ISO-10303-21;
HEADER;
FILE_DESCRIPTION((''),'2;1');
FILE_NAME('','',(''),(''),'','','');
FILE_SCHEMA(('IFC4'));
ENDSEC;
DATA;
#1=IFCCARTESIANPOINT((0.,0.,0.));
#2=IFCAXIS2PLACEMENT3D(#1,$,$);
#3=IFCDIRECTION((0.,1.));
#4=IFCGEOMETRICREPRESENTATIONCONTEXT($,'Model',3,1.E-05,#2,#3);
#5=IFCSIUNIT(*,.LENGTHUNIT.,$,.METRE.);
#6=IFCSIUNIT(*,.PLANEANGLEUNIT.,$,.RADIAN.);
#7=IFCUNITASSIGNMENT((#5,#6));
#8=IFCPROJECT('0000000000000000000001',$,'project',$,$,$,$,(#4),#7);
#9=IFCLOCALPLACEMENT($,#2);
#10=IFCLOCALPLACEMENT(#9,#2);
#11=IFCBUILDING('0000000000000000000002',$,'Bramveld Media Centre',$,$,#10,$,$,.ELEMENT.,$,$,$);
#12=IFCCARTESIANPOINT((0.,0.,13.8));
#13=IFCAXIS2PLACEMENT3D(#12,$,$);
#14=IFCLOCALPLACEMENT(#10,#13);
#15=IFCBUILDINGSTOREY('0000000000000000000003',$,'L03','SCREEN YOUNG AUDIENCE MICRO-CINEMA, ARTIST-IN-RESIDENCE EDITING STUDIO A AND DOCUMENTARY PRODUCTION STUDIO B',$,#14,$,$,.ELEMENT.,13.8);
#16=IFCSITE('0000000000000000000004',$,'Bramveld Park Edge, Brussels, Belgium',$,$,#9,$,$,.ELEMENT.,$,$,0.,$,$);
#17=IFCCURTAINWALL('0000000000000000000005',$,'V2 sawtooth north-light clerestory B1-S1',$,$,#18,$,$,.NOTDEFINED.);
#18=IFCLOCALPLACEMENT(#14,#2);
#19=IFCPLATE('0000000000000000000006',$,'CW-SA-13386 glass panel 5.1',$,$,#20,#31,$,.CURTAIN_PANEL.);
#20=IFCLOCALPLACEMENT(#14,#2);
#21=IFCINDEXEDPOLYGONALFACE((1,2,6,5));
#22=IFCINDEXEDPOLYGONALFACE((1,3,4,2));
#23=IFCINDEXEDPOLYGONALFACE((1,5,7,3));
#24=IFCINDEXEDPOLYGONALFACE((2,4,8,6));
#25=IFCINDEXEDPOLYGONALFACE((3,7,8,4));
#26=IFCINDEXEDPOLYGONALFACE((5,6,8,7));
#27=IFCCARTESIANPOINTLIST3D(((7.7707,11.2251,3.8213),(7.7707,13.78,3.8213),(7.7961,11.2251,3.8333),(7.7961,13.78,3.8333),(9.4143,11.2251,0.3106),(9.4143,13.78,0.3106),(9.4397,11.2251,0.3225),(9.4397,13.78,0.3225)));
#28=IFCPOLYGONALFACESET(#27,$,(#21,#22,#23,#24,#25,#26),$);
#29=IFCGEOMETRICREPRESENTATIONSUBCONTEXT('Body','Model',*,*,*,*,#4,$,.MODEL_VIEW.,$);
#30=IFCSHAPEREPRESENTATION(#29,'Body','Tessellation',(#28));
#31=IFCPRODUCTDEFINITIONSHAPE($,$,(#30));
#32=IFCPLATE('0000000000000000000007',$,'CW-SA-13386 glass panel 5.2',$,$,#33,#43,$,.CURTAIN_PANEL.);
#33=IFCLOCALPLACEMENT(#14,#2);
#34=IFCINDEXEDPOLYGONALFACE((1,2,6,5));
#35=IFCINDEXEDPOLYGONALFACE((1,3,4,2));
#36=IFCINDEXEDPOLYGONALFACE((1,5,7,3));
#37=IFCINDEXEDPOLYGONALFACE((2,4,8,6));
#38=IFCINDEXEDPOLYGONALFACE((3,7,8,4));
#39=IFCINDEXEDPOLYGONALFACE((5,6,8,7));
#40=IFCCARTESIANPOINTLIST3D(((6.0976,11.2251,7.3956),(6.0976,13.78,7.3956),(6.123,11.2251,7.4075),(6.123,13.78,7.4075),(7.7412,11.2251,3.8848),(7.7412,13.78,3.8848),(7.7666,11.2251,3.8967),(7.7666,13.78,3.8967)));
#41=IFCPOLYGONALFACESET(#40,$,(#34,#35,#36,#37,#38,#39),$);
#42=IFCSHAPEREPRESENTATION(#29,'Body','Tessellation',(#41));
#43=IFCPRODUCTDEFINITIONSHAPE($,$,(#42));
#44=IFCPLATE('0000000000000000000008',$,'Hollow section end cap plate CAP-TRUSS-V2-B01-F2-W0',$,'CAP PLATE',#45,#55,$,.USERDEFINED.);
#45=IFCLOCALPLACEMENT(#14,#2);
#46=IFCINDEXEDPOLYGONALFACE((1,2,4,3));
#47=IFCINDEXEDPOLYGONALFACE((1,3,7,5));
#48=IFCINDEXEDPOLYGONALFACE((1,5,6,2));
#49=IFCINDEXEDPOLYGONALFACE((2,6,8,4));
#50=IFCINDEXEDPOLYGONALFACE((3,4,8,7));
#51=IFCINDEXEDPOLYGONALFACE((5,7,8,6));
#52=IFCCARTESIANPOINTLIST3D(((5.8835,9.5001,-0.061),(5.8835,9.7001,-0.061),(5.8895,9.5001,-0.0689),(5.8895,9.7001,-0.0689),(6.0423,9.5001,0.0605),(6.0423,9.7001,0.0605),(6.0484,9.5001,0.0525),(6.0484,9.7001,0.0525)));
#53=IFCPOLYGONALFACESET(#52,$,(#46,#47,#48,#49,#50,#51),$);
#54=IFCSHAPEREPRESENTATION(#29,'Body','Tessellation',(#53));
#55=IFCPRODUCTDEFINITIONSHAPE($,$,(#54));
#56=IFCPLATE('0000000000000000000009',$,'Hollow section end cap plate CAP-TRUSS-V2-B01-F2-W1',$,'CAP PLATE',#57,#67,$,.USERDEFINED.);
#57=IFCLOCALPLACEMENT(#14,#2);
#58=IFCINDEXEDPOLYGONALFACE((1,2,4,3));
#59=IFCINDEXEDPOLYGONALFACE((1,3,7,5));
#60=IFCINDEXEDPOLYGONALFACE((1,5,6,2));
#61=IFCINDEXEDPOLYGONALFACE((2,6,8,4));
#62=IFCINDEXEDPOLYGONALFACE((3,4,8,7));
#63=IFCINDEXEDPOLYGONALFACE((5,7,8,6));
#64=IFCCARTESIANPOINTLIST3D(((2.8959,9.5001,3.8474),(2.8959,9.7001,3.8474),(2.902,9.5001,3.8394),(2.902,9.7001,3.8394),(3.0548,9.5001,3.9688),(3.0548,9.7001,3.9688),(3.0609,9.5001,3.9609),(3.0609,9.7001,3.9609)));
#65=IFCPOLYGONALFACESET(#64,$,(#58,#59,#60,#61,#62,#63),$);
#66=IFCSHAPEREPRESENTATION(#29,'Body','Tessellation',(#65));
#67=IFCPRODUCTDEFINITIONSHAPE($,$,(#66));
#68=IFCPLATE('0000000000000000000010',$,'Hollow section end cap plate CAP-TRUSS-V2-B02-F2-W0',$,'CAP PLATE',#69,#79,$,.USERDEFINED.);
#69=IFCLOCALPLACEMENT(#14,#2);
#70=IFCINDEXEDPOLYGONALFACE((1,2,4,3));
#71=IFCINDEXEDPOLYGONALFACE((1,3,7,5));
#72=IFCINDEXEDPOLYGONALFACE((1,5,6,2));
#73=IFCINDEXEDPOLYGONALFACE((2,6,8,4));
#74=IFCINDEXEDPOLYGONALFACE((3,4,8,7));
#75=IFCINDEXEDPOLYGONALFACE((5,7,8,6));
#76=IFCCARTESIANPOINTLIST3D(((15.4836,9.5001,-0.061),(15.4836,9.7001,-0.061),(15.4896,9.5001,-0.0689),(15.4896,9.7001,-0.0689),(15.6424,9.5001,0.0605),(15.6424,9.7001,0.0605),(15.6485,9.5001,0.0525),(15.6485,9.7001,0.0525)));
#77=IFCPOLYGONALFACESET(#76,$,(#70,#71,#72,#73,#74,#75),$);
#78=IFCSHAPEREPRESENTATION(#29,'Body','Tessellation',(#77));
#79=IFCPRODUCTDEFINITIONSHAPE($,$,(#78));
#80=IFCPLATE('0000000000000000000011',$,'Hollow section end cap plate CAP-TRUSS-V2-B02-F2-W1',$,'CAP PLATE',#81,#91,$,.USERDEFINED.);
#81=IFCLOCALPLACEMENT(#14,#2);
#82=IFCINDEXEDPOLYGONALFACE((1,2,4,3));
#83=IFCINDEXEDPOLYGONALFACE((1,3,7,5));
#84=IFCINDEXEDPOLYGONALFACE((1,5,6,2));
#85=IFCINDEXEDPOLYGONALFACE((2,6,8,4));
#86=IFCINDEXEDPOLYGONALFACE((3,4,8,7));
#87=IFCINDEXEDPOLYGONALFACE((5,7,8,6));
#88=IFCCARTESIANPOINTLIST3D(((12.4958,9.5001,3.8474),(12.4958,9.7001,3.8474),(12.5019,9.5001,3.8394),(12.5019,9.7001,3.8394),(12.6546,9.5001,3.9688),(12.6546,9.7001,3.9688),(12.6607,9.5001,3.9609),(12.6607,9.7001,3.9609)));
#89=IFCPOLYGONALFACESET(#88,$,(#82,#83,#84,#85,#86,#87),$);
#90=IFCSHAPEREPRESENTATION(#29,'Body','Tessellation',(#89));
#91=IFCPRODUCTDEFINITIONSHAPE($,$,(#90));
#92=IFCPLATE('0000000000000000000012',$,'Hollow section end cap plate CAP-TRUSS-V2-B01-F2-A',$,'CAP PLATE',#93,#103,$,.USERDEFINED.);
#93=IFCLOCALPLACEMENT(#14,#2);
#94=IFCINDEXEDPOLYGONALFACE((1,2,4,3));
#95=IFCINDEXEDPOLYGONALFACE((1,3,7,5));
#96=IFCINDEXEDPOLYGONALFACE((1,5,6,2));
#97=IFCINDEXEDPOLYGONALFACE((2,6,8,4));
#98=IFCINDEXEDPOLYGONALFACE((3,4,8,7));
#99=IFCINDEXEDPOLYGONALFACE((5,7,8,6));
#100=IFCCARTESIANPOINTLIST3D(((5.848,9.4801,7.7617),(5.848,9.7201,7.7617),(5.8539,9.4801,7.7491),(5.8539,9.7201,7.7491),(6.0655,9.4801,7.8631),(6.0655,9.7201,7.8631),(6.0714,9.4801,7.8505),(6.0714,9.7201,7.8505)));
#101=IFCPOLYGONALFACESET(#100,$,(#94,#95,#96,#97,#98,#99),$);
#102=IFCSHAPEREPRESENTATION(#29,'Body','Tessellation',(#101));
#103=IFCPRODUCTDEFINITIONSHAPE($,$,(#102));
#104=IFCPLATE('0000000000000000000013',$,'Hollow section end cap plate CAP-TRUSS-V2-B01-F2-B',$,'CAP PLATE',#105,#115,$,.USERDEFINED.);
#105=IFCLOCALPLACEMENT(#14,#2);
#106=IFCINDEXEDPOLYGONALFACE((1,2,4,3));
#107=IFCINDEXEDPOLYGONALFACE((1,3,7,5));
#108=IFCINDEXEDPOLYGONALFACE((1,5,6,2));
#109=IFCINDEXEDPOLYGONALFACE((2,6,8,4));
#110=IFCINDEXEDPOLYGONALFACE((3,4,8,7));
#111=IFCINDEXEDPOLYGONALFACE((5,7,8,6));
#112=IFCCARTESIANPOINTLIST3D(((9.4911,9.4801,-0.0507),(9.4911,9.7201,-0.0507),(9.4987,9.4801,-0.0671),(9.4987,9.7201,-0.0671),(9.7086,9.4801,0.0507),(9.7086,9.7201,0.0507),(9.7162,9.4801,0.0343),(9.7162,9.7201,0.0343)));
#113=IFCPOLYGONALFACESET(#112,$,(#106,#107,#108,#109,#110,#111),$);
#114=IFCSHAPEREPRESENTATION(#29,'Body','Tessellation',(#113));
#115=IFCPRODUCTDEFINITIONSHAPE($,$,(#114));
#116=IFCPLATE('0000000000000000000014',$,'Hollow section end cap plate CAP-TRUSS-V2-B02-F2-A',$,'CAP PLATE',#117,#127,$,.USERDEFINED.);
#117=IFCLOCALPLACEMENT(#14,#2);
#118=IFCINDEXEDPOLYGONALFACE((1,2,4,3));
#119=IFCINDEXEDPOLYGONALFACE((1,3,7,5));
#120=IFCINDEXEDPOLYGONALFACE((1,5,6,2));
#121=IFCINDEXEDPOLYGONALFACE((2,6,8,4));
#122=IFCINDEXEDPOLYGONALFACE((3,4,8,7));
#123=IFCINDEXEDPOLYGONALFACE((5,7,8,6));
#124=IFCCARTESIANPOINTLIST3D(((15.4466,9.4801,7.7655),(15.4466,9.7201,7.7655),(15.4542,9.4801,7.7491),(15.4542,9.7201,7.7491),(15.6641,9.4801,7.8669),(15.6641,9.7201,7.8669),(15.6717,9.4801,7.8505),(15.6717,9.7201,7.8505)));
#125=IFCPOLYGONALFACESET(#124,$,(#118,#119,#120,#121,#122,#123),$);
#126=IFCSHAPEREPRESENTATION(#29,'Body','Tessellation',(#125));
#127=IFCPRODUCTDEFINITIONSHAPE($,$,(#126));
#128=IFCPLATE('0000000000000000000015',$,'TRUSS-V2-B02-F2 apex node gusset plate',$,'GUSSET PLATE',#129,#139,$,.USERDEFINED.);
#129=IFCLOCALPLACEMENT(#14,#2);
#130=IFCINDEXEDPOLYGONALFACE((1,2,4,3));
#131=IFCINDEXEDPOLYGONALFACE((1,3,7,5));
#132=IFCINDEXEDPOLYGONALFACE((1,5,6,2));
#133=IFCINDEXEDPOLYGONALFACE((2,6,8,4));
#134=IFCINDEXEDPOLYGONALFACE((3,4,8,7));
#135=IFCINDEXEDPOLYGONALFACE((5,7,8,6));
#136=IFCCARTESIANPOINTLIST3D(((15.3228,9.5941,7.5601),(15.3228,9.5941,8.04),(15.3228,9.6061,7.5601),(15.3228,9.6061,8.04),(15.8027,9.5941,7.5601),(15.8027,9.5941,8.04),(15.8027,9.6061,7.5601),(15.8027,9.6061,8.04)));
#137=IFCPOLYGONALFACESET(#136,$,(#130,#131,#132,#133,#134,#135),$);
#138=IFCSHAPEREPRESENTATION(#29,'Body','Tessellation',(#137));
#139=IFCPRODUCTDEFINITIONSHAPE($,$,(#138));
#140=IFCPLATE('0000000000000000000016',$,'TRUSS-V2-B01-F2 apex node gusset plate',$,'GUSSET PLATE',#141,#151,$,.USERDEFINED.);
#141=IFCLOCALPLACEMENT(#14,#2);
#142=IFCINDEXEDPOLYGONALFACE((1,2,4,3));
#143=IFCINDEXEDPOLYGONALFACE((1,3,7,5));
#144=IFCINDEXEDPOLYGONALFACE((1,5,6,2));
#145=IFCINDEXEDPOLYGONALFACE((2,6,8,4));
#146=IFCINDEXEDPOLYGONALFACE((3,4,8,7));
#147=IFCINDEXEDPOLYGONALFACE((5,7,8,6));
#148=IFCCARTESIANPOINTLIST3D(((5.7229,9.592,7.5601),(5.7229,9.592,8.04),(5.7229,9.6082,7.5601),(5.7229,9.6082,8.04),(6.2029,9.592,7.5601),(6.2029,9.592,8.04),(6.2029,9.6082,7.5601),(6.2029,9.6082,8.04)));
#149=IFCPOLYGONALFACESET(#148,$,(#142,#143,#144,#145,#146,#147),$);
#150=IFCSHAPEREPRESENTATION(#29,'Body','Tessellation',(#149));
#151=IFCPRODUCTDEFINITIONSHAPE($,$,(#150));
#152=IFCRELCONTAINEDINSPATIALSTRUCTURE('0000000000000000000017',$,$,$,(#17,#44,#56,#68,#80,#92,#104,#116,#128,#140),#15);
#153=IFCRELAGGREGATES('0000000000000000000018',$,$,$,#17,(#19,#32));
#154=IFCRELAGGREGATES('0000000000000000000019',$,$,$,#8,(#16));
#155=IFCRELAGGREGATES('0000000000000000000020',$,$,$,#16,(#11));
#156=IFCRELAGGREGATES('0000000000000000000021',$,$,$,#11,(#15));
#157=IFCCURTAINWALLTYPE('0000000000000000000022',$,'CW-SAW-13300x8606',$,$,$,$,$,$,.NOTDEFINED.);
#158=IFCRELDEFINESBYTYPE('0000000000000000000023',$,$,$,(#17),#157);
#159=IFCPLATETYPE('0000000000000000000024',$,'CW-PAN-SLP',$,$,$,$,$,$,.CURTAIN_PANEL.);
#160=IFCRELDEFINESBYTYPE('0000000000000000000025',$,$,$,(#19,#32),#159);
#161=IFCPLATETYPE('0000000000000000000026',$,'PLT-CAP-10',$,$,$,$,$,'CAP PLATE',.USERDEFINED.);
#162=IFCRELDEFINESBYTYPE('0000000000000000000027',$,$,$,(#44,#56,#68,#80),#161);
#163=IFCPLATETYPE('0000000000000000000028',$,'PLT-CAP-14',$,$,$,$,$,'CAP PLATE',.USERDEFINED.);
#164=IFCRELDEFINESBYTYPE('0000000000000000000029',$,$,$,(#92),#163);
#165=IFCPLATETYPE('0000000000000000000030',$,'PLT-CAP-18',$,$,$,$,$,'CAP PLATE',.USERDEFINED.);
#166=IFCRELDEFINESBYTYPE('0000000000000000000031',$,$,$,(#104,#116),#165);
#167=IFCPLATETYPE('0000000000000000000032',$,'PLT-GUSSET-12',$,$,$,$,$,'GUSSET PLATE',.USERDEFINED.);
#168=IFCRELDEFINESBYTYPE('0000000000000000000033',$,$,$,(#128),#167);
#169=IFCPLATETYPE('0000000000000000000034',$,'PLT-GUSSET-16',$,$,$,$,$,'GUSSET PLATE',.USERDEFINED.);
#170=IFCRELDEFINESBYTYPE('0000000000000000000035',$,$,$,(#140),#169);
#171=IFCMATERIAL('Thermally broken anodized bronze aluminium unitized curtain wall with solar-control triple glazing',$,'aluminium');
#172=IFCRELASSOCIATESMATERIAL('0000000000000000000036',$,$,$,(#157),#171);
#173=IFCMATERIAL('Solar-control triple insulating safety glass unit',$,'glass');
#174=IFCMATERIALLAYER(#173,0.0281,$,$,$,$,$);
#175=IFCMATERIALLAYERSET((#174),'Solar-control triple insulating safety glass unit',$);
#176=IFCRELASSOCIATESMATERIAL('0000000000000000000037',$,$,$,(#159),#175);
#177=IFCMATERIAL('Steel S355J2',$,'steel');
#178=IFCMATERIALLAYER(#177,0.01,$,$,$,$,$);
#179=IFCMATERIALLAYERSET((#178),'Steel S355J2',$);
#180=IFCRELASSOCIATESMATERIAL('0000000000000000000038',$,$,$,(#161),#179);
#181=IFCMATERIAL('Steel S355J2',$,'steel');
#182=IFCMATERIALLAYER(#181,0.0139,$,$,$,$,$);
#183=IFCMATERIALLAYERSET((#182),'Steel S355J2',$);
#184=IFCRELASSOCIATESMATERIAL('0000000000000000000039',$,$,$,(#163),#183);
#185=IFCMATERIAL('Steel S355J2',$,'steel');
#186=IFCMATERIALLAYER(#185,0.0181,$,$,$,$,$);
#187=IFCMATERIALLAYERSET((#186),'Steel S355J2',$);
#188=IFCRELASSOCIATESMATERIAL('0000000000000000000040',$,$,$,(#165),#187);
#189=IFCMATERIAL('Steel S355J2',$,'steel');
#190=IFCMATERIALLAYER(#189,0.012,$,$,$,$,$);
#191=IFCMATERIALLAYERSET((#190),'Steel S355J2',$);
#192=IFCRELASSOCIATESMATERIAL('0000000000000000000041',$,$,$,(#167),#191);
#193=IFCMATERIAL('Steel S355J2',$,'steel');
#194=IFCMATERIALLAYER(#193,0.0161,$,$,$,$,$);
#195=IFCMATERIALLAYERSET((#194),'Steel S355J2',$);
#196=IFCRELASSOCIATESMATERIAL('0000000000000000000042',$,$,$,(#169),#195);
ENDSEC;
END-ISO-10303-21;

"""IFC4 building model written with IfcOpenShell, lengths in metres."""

from ifc_helpers import new_model, si_unit, direction, frame, origin, origin_2d, place, context, subcontext, project, spatial, polyline, rectangle, outline, extrude, material, layer, layer_set, type_object, element, aggregate, save


model = new_model("IFC4")

# Units and contexts
model_context = context("Model", 3, precision=1e-05, world=origin(), true_north=direction((0.0, 1.0)))
body_context = subcontext(model_context, "Body", "Model", "MODEL_VIEW")
ifc_project = project(units=[si_unit("LENGTHUNIT", "METRE"), si_unit("PLANEANGLEUNIT", "RADIAN")], contexts=[model_context])

# Site, building, storey
site_placement = place(None, origin())
site = spatial("IfcSite", under=ifc_project, at=site_placement, Name="Bramveld Park Edge, Brussels, Belgium", CompositionType="ELEMENT", RefElevation=0.0)
building_placement = place(site_placement, origin())
building = spatial("IfcBuilding", under=site, at=building_placement, Name="Bramveld Media Centre", CompositionType="ELEMENT")
storey_placement = place(building_placement, frame((0.0, 0.0, 13.8)))
storey = spatial("IfcBuildingStorey", under=building, at=storey_placement, Name="L03", Description="SCREEN YOUNG AUDIENCE MICRO-CINEMA, ARTIST-IN-RESIDENCE EDITING STUDIO A AND DOCUMENTARY PRODUCTION STUDIO B", CompositionType="ELEMENT", Elevation=13.8)

# Curtain wall
ifc_material_1 = material(Name="Thermally broken anodized bronze aluminium unitized curtain wall with solar-control triple glazing", Category="aluminium")
curtain_wall_type = type_object("IfcCurtainWallType", Name="CW-SAW-13300x8606", PredefinedType="NOTDEFINED", material=ifc_material_1)
curtain_wall_1_placement = place(storey_placement, origin())
curtain_wall_1 = element("IfcCurtainWall", 1, at=curtain_wall_1_placement, inside=storey, type_object=curtain_wall_type, Name="V2 sawtooth north-light clerestory B1-S1", PredefinedType="NOTDEFINED")

# Plates
ifc_material_2 = material(Name="Solar-control triple insulating safety glass unit", Category="glass")
ifc_layer_1 = layer(ifc_material_2, 0.0281)
ifc_layer_set_1 = layer_set([ifc_layer_1], Name="Solar-control triple insulating safety glass unit")
plate_type_1 = type_object("IfcPlateType", Name="CW-PAN-SLP", PredefinedType="CURTAIN_PANEL", material=ifc_layer_set_1)
plate_1_placement = place(storey_placement, frame((9.4397, 11.2251, 0.3225), z_axis=(0.905668, 0.0, 0.423988), x_axis=(0.0, 1.0, 0.0)))
plate_1 = element("IfcPlate", 2, at=plate_1_placement, type_object=plate_type_1, Name="CW-SA-13386 glass panel 5.1", PredefinedType="CURTAIN_PANEL", context=body_context, shape_type="SweptSolid", body=[
    extrude(outline(polyline([(0.0, 0.0), (2.5549, 0.0), (2.5549, 3.8764), (0.0, 3.8764), (0.0, 0.0)])), origin(), (0.0, 0.0, -1.0), 0.0281),
])
plate_2_placement = place(storey_placement, frame((7.7666, 11.2251, 3.8967), z_axis=(0.905668, 0.0, 0.423988), x_axis=(0.0, 1.0, 0.0)))
plate_2 = element("IfcPlate", 3, at=plate_2_placement, type_object=plate_type_1, Name="CW-SA-13386 glass panel 5.2", PredefinedType="CURTAIN_PANEL", context=body_context, shape_type="SweptSolid", body=[
    extrude(outline(polyline([(0.0, 0.0), (2.5549, 0.0), (2.5549, 3.8764), (0.0, 3.8764), (0.0, 0.0)])), origin(), (0.0, 0.0, -1.0), 0.0281),
])
aggregate(curtain_wall_1, [plate_1, plate_2])

# Plates
ifc_material_3 = material(Name="Steel S355J2", Category="steel")
ifc_layer_2 = layer(ifc_material_3, 0.01)
ifc_layer_set_2 = layer_set([ifc_layer_2], Name="Steel S355J2")
plate_type_2 = type_object("IfcPlateType", Name="PLT-CAP-10", ElementType="CAP PLATE", PredefinedType="USERDEFINED", material=ifc_layer_set_2)
for number, where, z_axis, x_axis, name in (
    (4, (5.9629, 9.6001, -0.0002), (0.607328, 0.0, -0.794451), (0.0, 1.0, 0.0), "Hollow section end cap plate CAP-TRUSS-V2-B01-F2-W0"),
    (5, (2.9814, 9.6001, 3.9001), (-0.607328, 0.0, 0.794451), (0.0, -1.0, 0.0), "Hollow section end cap plate CAP-TRUSS-V2-B01-F2-W1"),
    (6, (15.563, 9.6001, -0.0002), (0.607328, 0.0, -0.794451), (0.0, 1.0, 0.0), "Hollow section end cap plate CAP-TRUSS-V2-B02-F2-W0"),
    (7, (12.5813, 9.6001, 3.9001), (-0.607328, 0.0, 0.794451), (0.0, -1.0, 0.0), "Hollow section end cap plate CAP-TRUSS-V2-B02-F2-W1"),
):
    element("IfcPlate", number, at=place(storey_placement, frame(where, z_axis=z_axis, x_axis=x_axis)), inside=storey, type_object=plate_type_2, Name=name, ObjectType="CAP PLATE", PredefinedType="USERDEFINED", context=body_context, shape_type="SweptSolid", body=[
        extrude(rectangle(XDim=0.2, YDim=0.2, at=origin_2d()), origin(), (0.0, 0.0, 1.0), 0.01),
    ])
ifc_material_4 = material(Name="Steel S355J2", Category="steel")
ifc_layer_3 = layer(ifc_material_4, 0.0139)
ifc_layer_set_3 = layer_set([ifc_layer_3], Name="Steel S355J2")
plate_type_3 = type_object("IfcPlateType", Name="PLT-CAP-14", ElementType="CAP PLATE", PredefinedType="USERDEFINED", material=ifc_layer_set_3)
plate_3_placement = place(storey_placement, frame((5.9626, 9.6001, 7.7998), z_axis=(-0.422618, 0.0, 0.906308), x_axis=(0.0, -1.0, 0.0)))
element("IfcPlate", 8, at=plate_3_placement, inside=storey, type_object=plate_type_3, Name="Hollow section end cap plate CAP-TRUSS-V2-B01-F2-A", ObjectType="CAP PLATE", PredefinedType="USERDEFINED", context=body_context, shape_type="SweptSolid", body=[
    extrude(rectangle(XDim=0.24, YDim=0.24, at=origin_2d()), origin(), (0.0, 0.0, 1.0), 0.0139),
])
ifc_material_5 = material(Name="Steel S355J2", Category="steel")
ifc_layer_4 = layer(ifc_material_5, 0.0181)
ifc_layer_set_4 = layer_set([ifc_layer_4], Name="Steel S355J2")
plate_type_4 = type_object("IfcPlateType", Name="PLT-CAP-18", ElementType="CAP PLATE", PredefinedType="USERDEFINED", material=ifc_layer_set_4)
for number, where, z_axis, x_axis, name in (
    (9, (9.5999, 9.6001, 0.0), (0.422618, 0.0, -0.906308), (0.0, 1.0, 0.0), "Hollow section end cap plate CAP-TRUSS-V2-B01-F2-B"),
    (10, (15.563, 9.6001, 7.7998), (-0.422618, 0.0, 0.906308), (0.0, -1.0, 0.0), "Hollow section end cap plate CAP-TRUSS-V2-B02-F2-A"),
):
    element("IfcPlate", number, at=place(storey_placement, frame(where, z_axis=z_axis, x_axis=x_axis)), inside=storey, type_object=plate_type_4, Name=name, ObjectType="CAP PLATE", PredefinedType="USERDEFINED", context=body_context, shape_type="SweptSolid", body=[
        extrude(rectangle(XDim=0.24, YDim=0.24, at=origin_2d()), origin(), (0.0, 0.0, 1.0), 0.0181),
    ])
ifc_material_6 = material(Name="Steel S355J2", Category="steel")
ifc_layer_5 = layer(ifc_material_6, 0.012)
ifc_layer_set_5 = layer_set([ifc_layer_5], Name="Steel S355J2")
plate_type_5 = type_object("IfcPlateType", Name="PLT-GUSSET-12", ElementType="GUSSET PLATE", PredefinedType="USERDEFINED", material=ifc_layer_set_5)
plate_4_placement = place(storey_placement, frame((15.5627, 9.6001, 7.5601), z_axis=(0.0, 0.0, 1.0), x_axis=(1.0, 0.0, 0.0)))
element("IfcPlate", 11, at=plate_4_placement, inside=storey, type_object=plate_type_5, Name="TRUSS-V2-B02-F2 apex node gusset plate", ObjectType="GUSSET PLATE", PredefinedType="USERDEFINED", context=body_context, shape_type="SweptSolid", body=[
    extrude(rectangle(XDim=0.48, YDim=0.012, at=origin_2d()), origin(), (0.0, 0.0, 1.0), 0.48),
])
ifc_material_7 = material(Name="Steel S355J2", Category="steel")
ifc_layer_6 = layer(ifc_material_7, 0.0161)
ifc_layer_set_6 = layer_set([ifc_layer_6], Name="Steel S355J2")
plate_type_6 = type_object("IfcPlateType", Name="PLT-GUSSET-16", ElementType="GUSSET PLATE", PredefinedType="USERDEFINED", material=ifc_layer_set_6)
plate_5_placement = place(storey_placement, frame((5.9629, 9.6001, 7.5601), z_axis=(0.0, 0.0, 1.0), x_axis=(1.0, 0.0, 0.0)))
element("IfcPlate", 12, at=plate_5_placement, inside=storey, type_object=plate_type_6, Name="TRUSS-V2-B01-F2 apex node gusset plate", ObjectType="GUSSET PLATE", PredefinedType="USERDEFINED", context=body_context, shape_type="SweptSolid", body=[
    extrude(rectangle(XDim=0.48, YDim=0.0161, at=origin_2d()), origin(), (0.0, 0.0, 1.0), 0.48),
])

save(model, "model.ifc")
